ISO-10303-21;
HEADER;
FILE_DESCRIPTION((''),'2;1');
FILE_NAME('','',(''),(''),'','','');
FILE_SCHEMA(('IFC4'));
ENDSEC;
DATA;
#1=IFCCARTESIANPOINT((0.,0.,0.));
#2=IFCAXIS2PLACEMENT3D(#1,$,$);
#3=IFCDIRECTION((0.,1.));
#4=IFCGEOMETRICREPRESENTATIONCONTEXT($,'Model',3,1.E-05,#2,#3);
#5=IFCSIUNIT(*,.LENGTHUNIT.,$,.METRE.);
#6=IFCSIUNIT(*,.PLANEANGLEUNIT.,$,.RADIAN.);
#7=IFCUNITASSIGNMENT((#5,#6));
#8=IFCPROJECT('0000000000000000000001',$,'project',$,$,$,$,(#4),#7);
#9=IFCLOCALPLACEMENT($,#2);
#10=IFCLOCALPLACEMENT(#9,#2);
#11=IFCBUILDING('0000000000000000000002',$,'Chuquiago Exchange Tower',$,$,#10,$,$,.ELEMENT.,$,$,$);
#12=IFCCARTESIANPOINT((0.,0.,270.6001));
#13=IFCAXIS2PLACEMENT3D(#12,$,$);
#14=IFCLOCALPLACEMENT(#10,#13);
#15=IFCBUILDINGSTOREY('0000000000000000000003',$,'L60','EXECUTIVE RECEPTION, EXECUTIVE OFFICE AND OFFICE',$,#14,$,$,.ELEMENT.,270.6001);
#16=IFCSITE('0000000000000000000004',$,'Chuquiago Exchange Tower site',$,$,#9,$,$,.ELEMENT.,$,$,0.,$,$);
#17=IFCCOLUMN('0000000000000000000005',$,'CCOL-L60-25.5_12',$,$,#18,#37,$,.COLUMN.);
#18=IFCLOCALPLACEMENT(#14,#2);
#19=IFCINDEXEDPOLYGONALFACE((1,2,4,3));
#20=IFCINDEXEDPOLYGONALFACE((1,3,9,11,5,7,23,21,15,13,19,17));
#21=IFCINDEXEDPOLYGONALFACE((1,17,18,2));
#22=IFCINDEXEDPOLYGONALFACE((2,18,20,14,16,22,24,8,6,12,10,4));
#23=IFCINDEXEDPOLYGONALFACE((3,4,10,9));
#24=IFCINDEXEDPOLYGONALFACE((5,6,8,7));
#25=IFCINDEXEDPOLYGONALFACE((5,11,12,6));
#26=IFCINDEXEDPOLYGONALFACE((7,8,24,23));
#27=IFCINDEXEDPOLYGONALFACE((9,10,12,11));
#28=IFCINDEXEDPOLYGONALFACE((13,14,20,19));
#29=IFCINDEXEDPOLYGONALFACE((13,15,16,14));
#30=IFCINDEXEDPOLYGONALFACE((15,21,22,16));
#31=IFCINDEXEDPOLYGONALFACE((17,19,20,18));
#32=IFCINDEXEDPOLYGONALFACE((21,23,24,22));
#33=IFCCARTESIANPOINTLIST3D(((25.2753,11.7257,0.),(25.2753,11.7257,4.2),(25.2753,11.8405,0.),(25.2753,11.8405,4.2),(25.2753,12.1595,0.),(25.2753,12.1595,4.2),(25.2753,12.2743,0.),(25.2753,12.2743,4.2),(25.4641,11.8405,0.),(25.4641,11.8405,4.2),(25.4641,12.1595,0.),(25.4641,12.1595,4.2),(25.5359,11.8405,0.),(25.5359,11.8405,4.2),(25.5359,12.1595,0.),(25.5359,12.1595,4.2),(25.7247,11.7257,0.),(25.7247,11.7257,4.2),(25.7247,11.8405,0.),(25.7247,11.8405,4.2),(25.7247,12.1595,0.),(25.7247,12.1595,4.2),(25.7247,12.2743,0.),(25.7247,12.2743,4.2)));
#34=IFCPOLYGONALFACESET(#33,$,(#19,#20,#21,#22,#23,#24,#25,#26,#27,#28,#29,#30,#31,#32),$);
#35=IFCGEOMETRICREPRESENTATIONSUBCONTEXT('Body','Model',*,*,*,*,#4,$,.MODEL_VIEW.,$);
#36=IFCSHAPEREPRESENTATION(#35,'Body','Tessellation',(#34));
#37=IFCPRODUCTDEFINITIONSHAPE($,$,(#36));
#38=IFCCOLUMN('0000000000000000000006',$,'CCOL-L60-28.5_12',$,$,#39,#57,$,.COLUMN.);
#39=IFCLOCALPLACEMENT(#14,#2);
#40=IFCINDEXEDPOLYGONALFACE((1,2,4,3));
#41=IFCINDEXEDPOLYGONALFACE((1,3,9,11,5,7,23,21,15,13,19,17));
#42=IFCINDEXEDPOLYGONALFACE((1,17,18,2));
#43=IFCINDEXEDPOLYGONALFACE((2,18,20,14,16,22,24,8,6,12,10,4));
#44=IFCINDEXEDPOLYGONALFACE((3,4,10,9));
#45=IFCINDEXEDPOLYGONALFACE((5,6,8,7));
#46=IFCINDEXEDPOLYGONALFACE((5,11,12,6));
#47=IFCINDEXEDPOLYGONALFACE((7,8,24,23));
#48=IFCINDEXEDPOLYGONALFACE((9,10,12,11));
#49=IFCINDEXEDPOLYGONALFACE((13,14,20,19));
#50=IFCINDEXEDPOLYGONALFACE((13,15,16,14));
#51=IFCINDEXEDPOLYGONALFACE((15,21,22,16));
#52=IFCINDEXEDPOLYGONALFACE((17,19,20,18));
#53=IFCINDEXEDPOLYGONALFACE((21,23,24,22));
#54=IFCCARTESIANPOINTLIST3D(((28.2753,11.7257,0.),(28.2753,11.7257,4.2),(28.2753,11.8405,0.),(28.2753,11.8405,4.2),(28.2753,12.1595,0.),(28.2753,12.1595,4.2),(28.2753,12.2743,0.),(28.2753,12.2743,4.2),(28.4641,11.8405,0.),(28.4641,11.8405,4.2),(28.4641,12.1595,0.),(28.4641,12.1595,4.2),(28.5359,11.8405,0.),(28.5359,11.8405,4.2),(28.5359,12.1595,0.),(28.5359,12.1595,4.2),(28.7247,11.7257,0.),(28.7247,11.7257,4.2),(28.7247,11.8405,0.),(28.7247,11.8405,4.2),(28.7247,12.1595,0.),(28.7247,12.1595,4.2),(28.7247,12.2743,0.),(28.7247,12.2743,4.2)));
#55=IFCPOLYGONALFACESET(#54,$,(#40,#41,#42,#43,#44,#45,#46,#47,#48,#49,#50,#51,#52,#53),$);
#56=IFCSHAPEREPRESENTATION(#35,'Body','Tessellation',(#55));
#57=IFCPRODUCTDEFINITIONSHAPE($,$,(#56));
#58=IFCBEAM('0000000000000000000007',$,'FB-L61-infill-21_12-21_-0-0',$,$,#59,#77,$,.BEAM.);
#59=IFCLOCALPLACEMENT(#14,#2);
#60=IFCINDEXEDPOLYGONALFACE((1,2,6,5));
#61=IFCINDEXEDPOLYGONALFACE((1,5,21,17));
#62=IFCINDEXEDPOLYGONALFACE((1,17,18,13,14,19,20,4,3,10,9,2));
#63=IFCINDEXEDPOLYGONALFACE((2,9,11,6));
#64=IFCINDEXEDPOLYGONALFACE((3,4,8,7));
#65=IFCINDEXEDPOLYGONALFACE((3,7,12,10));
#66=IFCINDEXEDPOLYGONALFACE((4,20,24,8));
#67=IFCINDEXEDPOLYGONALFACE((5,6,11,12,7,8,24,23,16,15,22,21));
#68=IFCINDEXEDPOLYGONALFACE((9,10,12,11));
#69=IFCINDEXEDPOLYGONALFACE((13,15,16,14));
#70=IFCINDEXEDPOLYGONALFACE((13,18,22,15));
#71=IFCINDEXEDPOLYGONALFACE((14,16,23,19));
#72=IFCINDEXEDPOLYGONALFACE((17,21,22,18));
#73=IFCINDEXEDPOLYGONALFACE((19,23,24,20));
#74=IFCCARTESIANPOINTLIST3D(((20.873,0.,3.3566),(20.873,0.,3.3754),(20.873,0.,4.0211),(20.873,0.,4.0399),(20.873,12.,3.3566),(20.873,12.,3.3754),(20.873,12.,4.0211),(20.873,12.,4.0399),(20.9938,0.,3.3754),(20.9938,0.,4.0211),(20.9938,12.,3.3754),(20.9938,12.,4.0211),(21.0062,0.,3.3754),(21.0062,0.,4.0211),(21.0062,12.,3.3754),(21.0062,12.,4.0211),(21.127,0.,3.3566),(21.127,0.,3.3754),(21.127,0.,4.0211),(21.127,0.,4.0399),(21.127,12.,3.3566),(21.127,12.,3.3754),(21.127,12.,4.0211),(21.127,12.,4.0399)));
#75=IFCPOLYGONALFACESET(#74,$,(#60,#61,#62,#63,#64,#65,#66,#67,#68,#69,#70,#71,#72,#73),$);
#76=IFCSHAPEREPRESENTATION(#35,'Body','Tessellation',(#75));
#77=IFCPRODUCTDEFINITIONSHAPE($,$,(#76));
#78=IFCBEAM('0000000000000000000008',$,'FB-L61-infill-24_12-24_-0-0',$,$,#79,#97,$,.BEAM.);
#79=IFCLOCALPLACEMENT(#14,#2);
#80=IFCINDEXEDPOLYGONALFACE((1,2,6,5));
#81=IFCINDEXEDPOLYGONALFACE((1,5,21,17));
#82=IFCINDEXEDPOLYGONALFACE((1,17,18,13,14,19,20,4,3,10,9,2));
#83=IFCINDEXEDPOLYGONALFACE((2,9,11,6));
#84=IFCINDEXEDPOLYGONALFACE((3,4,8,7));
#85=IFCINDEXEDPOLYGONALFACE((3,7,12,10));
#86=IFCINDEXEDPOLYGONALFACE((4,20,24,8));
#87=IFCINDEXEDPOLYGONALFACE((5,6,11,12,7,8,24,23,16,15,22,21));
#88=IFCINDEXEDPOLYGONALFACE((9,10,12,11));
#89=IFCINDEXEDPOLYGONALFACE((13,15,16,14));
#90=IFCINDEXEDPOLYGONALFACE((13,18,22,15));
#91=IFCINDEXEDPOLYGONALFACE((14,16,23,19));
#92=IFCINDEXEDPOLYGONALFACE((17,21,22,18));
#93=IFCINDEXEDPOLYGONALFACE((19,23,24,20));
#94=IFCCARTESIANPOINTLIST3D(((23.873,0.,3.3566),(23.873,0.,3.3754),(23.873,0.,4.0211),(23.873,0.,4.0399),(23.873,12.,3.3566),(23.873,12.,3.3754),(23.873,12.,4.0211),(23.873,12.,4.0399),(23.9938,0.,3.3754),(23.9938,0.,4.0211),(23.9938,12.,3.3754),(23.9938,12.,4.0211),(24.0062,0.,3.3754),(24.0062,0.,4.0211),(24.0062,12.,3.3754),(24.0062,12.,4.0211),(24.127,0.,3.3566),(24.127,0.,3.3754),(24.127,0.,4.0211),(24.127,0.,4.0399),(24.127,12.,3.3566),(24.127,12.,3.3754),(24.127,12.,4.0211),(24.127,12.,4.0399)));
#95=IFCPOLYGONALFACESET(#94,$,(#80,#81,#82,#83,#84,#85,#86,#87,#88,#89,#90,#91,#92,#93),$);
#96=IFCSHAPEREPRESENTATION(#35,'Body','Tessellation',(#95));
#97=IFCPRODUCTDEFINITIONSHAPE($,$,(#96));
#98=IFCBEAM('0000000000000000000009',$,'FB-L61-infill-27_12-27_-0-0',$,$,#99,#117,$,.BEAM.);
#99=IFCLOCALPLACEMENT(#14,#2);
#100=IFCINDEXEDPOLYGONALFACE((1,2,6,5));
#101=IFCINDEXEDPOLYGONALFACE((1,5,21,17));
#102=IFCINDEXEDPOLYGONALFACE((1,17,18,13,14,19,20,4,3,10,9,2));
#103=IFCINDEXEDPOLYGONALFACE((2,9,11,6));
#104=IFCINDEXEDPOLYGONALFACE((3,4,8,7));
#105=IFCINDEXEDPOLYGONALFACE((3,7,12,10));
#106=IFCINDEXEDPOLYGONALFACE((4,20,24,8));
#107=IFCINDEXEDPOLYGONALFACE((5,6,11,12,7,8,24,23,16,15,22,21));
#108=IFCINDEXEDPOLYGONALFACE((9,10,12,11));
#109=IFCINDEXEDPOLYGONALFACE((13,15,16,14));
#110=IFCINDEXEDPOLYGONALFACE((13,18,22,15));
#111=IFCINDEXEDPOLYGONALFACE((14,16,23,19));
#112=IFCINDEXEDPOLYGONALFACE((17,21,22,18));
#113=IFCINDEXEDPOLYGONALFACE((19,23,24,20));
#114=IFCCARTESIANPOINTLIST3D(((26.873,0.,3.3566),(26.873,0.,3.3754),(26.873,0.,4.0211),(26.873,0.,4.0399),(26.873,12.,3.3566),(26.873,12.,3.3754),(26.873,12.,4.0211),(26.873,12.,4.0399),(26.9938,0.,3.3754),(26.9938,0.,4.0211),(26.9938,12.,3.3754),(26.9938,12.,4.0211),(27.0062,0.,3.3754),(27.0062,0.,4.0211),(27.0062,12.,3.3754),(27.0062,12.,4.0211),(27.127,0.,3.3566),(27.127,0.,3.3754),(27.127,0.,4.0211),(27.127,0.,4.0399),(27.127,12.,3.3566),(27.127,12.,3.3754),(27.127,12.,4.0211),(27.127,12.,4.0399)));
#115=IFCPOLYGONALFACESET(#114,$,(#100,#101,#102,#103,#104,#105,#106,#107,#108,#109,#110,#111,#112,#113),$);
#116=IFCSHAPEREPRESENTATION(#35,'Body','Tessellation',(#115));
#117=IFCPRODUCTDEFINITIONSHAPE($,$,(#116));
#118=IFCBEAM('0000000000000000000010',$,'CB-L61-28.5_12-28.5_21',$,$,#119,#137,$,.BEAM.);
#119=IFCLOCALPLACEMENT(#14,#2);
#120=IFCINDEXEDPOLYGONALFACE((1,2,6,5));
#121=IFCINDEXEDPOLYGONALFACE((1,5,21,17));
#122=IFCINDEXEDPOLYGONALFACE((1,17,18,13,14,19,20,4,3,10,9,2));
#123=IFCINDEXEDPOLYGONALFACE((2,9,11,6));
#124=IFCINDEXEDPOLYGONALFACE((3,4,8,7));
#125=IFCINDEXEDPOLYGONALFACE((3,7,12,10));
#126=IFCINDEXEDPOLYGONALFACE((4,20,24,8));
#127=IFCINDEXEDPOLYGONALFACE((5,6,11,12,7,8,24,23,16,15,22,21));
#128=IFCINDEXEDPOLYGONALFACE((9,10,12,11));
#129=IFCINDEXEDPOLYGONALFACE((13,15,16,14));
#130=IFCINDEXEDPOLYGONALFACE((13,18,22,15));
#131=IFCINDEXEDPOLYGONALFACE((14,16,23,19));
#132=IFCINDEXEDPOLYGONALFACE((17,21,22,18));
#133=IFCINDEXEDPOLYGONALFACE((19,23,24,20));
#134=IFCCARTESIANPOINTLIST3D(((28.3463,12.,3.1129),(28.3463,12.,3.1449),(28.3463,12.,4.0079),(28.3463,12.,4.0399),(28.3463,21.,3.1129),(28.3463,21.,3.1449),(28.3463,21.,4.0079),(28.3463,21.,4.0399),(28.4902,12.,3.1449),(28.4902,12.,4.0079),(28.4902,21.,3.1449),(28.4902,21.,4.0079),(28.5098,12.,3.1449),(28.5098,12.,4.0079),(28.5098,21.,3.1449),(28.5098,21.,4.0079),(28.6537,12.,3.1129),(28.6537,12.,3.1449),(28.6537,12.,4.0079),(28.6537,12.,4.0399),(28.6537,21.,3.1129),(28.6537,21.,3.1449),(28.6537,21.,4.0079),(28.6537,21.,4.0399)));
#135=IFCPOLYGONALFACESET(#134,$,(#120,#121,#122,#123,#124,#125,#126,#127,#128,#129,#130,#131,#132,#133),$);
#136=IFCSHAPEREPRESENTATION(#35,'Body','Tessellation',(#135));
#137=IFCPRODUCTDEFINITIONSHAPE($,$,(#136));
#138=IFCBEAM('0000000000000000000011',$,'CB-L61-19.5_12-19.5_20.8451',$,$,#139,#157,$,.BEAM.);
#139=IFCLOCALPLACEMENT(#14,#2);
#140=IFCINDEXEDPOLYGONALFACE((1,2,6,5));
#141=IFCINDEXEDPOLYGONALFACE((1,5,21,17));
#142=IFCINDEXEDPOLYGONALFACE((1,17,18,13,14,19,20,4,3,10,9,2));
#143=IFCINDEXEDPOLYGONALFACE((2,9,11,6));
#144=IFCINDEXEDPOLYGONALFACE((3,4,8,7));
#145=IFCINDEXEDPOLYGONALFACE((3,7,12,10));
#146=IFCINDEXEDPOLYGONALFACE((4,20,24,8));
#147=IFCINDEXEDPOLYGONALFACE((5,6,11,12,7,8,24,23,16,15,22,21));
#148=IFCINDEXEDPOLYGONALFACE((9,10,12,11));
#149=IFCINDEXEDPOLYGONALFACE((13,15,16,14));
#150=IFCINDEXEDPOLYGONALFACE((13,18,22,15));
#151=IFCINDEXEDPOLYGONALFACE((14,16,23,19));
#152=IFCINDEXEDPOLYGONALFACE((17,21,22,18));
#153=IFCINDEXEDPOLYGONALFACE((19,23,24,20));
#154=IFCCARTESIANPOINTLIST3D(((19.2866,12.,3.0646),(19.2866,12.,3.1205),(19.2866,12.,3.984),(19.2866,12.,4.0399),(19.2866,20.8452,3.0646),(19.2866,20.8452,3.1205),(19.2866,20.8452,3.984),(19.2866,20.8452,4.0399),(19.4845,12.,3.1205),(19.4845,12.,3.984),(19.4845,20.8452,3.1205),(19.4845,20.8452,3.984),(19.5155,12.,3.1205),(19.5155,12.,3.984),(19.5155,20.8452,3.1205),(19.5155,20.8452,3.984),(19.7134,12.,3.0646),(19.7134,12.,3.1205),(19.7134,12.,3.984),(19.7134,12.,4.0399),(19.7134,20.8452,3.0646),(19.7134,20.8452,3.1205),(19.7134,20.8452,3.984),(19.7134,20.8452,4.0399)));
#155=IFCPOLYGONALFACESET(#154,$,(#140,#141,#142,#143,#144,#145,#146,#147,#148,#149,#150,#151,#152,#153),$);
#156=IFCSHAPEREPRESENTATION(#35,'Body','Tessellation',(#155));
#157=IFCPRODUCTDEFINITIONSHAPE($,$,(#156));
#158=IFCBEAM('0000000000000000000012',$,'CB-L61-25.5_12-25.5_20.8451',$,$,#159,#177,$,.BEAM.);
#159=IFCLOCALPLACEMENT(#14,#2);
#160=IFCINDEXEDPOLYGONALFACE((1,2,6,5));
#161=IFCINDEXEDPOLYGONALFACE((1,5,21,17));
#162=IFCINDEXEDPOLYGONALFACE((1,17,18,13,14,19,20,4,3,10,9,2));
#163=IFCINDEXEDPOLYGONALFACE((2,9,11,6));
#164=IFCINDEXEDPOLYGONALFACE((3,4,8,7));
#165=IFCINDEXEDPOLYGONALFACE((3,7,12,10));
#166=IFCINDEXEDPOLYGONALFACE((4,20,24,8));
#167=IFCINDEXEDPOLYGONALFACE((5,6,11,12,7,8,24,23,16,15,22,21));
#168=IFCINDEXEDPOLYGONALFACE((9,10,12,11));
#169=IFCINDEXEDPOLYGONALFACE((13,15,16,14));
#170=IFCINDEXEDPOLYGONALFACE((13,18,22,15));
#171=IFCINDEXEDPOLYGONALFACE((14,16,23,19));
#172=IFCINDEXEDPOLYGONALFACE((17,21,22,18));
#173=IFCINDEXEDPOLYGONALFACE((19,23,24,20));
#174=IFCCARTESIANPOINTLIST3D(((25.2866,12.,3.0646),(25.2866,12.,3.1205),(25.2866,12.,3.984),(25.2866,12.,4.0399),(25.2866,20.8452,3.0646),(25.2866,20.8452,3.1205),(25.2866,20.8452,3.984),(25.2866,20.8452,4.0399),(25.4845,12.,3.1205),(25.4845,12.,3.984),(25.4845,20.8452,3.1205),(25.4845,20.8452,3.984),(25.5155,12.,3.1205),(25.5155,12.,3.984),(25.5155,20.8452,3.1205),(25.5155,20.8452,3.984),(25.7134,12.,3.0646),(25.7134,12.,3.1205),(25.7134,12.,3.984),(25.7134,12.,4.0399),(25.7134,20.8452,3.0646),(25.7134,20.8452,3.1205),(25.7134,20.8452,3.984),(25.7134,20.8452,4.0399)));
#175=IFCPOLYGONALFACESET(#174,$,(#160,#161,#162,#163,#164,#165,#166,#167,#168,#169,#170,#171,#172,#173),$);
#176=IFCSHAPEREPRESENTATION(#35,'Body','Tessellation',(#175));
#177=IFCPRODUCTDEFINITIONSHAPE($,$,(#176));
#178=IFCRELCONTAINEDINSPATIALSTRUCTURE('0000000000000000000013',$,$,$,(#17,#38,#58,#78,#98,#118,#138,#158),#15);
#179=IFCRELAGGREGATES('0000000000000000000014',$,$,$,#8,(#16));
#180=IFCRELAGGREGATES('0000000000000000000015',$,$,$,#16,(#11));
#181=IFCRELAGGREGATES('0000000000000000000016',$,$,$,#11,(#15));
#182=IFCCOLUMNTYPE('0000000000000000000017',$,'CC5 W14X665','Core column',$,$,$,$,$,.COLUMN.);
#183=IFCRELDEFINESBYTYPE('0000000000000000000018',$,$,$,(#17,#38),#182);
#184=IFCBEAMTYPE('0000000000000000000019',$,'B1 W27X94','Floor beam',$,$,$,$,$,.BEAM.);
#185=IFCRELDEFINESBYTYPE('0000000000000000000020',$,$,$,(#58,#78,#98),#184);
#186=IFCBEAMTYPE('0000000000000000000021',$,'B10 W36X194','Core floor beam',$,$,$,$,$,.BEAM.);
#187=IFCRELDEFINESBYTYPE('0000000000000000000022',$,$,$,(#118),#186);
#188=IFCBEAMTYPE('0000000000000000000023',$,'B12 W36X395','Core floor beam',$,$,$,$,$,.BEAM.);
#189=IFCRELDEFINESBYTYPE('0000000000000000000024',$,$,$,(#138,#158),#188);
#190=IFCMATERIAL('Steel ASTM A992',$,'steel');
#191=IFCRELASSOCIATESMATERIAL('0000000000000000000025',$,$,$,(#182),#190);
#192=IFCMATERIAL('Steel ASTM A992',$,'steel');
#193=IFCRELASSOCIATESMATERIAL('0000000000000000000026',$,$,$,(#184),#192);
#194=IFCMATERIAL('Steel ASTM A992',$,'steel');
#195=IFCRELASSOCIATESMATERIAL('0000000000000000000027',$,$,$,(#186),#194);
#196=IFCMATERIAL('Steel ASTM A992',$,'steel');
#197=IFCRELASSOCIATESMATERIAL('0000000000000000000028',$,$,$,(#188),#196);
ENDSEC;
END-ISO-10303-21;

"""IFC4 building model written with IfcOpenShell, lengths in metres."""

from ifc_helpers import new_model, si_unit, direction, frame, origin, origin_2d, place, context, subcontext, project, spatial, i_section, extrude, material, material_profile, profile_set, type_object, element, save


model = new_model("IFC4")

# Units and contexts
model_context = context("Model", 3, precision=1e-05, world=origin(), true_north=direction((0.0, 1.0)))
body_context = subcontext(model_context, "Body", "Model", "MODEL_VIEW")
ifc_project = project(units=[si_unit("LENGTHUNIT", "METRE"), si_unit("PLANEANGLEUNIT", "RADIAN")], contexts=[model_context])

# Site, building, storey
site_placement = place(None, origin())
site = spatial("IfcSite", under=ifc_project, at=site_placement, Name="Chuquiago Exchange Tower site", CompositionType="ELEMENT", RefElevation=0.0)
building_placement = place(site_placement, origin())
building = spatial("IfcBuilding", under=site, at=building_placement, Name="Chuquiago Exchange Tower", CompositionType="ELEMENT")
storey_placement = place(building_placement, frame((0.0, 0.0, 270.6001)))
storey = spatial("IfcBuildingStorey", under=building, at=storey_placement, Name="L60", Description="EXECUTIVE RECEPTION, EXECUTIVE OFFICE AND OFFICE", CompositionType="ELEMENT", Elevation=270.6001)

# Columns
ifc_material_1 = material(Name="Steel ASTM A992", Category="steel")
ifc_material_profile_1 = material_profile(ifc_material_1, i_section(OverallWidth=0.4495, OverallDepth=0.5486, WebThickness=0.0718, FlangeThickness=0.1147, at=origin_2d()), Name="W14X665")
ifc_profile_set_1 = profile_set([ifc_material_profile_1], Name="Steel ASTM A992")
column_type = type_object("IfcColumnType", Name="CC5 W14X665", Description="Core column", PredefinedType="COLUMN", material=ifc_profile_set_1)
for number, where, z_axis, x_axis, name in (
    (1, (25.5, 12.0, 0.0), (0.0, 0.0, 1.0), (1.0, 0.0, 0.0), "CCOL-L60-25.5_12"),
    (2, (28.5, 12.0, 0.0), (0.0, 0.0, 1.0), (1.0, 0.0, 0.0), "CCOL-L60-28.5_12"),
):
    element("IfcColumn", number, at=place(storey_placement, frame(where, z_axis=z_axis, x_axis=x_axis)), inside=storey, type_object=column_type, Name=name, PredefinedType="COLUMN", context=body_context, shape_type="SweptSolid", body=[
        extrude(i_section(OverallWidth=0.4495, OverallDepth=0.5486, WebThickness=0.0718, FlangeThickness=0.1147, at=origin_2d()), origin(), (0.0, 0.0, 1.0), 4.2),
    ])

# Beams
ifc_material_2 = material(Name="Steel ASTM A992", Category="steel")
ifc_material_profile_2 = material_profile(ifc_material_2, i_section(OverallWidth=0.2539, OverallDepth=0.6833, WebThickness=0.0125, FlangeThickness=0.0188, at=origin_2d()), Name="W27X94")
ifc_profile_set_2 = profile_set([ifc_material_profile_2], Name="Steel ASTM A992")
beam_type_1 = type_object("IfcBeamType", Name="B1 W27X94", Description="Floor beam", PredefinedType="BEAM", material=ifc_profile_set_2)
for number, where, z_axis, x_axis, name in (
    (3, (21.0, 12.0, 3.6982), (0.0, -1.0, 0.0), (1.0, 0.0, 0.0), "FB-L61-infill-21_12-21_-0-0"),
    (4, (24.0, 12.0, 3.6982), (0.0, -1.0, 0.0), (1.0, 0.0, 0.0), "FB-L61-infill-24_12-24_-0-0"),
    (5, (27.0, 12.0, 3.6982), (0.0, -1.0, 0.0), (1.0, 0.0, 0.0), "FB-L61-infill-27_12-27_-0-0"),
):
    element("IfcBeam", number, at=place(storey_placement, frame(where, z_axis=z_axis, x_axis=x_axis)), inside=storey, type_object=beam_type_1, Name=name, PredefinedType="BEAM", context=body_context, shape_type="SweptSolid", body=[
        extrude(i_section(OverallWidth=0.2539, OverallDepth=0.6833, WebThickness=0.0125, FlangeThickness=0.0188, at=origin_2d()), origin(), (0.0, 0.0, 1.0), 12.0),
    ])
ifc_material_3 = material(Name="Steel ASTM A992", Category="steel")
ifc_material_profile_3 = material_profile(ifc_material_3, i_section(OverallWidth=0.3074, OverallDepth=0.927, WebThickness=0.0195, FlangeThickness=0.032, at=origin_2d()), Name="W36X194")
ifc_profile_set_3 = profile_set([ifc_material_profile_3], Name="Steel ASTM A992")
beam_type_2 = type_object("IfcBeamType", Name="B10 W36X194", Description="Core floor beam", PredefinedType="BEAM", material=ifc_profile_set_3)
beam_1_placement = place(storey_placement, frame((28.5, 12.0, 3.5764), z_axis=(0.0, 1.0, 0.0), x_axis=(-1.0, 0.0, 0.0)))
element("IfcBeam", 6, at=beam_1_placement, inside=storey, type_object=beam_type_2, Name="CB-L61-28.5_12-28.5_21", PredefinedType="BEAM", context=body_context, shape_type="SweptSolid", body=[
    extrude(i_section(OverallWidth=0.3074, OverallDepth=0.927, WebThickness=0.0195, FlangeThickness=0.032, at=origin_2d()), origin(), (0.0, 0.0, 1.0), 9.0),
])
ifc_material_4 = material(Name="Steel ASTM A992", Category="steel")
ifc_material_profile_4 = material_profile(ifc_material_4, i_section(OverallWidth=0.4268, OverallDepth=0.9753, WebThickness=0.031, FlangeThickness=0.0559, at=origin_2d()), Name="W36X395")
ifc_profile_set_4 = profile_set([ifc_material_profile_4], Name="Steel ASTM A992")
beam_type_3 = type_object("IfcBeamType", Name="B12 W36X395", Description="Core floor beam", PredefinedType="BEAM", material=ifc_profile_set_4)
for number, where, z_axis, x_axis, name in (
    (7, (19.5, 12.0, 3.5522), (0.0, 1.0, 0.0), (-1.0, 0.0, 0.0), "CB-L61-19.5_12-19.5_20.8451"),
    (8, (25.5, 12.0, 3.5522), (0.0, 1.0, 0.0), (-1.0, 0.0, 0.0), "CB-L61-25.5_12-25.5_20.8451"),
):
    element("IfcBeam", number, at=place(storey_placement, frame(where, z_axis=z_axis, x_axis=x_axis)), inside=storey, type_object=beam_type_3, Name=name, PredefinedType="BEAM", context=body_context, shape_type="SweptSolid", body=[
        extrude(i_section(OverallWidth=0.4268, OverallDepth=0.9753, WebThickness=0.031, FlangeThickness=0.0559, at=origin_2d()), origin(), (0.0, 0.0, 1.0), 8.8452),
    ])

save(model, "model.ifc")
